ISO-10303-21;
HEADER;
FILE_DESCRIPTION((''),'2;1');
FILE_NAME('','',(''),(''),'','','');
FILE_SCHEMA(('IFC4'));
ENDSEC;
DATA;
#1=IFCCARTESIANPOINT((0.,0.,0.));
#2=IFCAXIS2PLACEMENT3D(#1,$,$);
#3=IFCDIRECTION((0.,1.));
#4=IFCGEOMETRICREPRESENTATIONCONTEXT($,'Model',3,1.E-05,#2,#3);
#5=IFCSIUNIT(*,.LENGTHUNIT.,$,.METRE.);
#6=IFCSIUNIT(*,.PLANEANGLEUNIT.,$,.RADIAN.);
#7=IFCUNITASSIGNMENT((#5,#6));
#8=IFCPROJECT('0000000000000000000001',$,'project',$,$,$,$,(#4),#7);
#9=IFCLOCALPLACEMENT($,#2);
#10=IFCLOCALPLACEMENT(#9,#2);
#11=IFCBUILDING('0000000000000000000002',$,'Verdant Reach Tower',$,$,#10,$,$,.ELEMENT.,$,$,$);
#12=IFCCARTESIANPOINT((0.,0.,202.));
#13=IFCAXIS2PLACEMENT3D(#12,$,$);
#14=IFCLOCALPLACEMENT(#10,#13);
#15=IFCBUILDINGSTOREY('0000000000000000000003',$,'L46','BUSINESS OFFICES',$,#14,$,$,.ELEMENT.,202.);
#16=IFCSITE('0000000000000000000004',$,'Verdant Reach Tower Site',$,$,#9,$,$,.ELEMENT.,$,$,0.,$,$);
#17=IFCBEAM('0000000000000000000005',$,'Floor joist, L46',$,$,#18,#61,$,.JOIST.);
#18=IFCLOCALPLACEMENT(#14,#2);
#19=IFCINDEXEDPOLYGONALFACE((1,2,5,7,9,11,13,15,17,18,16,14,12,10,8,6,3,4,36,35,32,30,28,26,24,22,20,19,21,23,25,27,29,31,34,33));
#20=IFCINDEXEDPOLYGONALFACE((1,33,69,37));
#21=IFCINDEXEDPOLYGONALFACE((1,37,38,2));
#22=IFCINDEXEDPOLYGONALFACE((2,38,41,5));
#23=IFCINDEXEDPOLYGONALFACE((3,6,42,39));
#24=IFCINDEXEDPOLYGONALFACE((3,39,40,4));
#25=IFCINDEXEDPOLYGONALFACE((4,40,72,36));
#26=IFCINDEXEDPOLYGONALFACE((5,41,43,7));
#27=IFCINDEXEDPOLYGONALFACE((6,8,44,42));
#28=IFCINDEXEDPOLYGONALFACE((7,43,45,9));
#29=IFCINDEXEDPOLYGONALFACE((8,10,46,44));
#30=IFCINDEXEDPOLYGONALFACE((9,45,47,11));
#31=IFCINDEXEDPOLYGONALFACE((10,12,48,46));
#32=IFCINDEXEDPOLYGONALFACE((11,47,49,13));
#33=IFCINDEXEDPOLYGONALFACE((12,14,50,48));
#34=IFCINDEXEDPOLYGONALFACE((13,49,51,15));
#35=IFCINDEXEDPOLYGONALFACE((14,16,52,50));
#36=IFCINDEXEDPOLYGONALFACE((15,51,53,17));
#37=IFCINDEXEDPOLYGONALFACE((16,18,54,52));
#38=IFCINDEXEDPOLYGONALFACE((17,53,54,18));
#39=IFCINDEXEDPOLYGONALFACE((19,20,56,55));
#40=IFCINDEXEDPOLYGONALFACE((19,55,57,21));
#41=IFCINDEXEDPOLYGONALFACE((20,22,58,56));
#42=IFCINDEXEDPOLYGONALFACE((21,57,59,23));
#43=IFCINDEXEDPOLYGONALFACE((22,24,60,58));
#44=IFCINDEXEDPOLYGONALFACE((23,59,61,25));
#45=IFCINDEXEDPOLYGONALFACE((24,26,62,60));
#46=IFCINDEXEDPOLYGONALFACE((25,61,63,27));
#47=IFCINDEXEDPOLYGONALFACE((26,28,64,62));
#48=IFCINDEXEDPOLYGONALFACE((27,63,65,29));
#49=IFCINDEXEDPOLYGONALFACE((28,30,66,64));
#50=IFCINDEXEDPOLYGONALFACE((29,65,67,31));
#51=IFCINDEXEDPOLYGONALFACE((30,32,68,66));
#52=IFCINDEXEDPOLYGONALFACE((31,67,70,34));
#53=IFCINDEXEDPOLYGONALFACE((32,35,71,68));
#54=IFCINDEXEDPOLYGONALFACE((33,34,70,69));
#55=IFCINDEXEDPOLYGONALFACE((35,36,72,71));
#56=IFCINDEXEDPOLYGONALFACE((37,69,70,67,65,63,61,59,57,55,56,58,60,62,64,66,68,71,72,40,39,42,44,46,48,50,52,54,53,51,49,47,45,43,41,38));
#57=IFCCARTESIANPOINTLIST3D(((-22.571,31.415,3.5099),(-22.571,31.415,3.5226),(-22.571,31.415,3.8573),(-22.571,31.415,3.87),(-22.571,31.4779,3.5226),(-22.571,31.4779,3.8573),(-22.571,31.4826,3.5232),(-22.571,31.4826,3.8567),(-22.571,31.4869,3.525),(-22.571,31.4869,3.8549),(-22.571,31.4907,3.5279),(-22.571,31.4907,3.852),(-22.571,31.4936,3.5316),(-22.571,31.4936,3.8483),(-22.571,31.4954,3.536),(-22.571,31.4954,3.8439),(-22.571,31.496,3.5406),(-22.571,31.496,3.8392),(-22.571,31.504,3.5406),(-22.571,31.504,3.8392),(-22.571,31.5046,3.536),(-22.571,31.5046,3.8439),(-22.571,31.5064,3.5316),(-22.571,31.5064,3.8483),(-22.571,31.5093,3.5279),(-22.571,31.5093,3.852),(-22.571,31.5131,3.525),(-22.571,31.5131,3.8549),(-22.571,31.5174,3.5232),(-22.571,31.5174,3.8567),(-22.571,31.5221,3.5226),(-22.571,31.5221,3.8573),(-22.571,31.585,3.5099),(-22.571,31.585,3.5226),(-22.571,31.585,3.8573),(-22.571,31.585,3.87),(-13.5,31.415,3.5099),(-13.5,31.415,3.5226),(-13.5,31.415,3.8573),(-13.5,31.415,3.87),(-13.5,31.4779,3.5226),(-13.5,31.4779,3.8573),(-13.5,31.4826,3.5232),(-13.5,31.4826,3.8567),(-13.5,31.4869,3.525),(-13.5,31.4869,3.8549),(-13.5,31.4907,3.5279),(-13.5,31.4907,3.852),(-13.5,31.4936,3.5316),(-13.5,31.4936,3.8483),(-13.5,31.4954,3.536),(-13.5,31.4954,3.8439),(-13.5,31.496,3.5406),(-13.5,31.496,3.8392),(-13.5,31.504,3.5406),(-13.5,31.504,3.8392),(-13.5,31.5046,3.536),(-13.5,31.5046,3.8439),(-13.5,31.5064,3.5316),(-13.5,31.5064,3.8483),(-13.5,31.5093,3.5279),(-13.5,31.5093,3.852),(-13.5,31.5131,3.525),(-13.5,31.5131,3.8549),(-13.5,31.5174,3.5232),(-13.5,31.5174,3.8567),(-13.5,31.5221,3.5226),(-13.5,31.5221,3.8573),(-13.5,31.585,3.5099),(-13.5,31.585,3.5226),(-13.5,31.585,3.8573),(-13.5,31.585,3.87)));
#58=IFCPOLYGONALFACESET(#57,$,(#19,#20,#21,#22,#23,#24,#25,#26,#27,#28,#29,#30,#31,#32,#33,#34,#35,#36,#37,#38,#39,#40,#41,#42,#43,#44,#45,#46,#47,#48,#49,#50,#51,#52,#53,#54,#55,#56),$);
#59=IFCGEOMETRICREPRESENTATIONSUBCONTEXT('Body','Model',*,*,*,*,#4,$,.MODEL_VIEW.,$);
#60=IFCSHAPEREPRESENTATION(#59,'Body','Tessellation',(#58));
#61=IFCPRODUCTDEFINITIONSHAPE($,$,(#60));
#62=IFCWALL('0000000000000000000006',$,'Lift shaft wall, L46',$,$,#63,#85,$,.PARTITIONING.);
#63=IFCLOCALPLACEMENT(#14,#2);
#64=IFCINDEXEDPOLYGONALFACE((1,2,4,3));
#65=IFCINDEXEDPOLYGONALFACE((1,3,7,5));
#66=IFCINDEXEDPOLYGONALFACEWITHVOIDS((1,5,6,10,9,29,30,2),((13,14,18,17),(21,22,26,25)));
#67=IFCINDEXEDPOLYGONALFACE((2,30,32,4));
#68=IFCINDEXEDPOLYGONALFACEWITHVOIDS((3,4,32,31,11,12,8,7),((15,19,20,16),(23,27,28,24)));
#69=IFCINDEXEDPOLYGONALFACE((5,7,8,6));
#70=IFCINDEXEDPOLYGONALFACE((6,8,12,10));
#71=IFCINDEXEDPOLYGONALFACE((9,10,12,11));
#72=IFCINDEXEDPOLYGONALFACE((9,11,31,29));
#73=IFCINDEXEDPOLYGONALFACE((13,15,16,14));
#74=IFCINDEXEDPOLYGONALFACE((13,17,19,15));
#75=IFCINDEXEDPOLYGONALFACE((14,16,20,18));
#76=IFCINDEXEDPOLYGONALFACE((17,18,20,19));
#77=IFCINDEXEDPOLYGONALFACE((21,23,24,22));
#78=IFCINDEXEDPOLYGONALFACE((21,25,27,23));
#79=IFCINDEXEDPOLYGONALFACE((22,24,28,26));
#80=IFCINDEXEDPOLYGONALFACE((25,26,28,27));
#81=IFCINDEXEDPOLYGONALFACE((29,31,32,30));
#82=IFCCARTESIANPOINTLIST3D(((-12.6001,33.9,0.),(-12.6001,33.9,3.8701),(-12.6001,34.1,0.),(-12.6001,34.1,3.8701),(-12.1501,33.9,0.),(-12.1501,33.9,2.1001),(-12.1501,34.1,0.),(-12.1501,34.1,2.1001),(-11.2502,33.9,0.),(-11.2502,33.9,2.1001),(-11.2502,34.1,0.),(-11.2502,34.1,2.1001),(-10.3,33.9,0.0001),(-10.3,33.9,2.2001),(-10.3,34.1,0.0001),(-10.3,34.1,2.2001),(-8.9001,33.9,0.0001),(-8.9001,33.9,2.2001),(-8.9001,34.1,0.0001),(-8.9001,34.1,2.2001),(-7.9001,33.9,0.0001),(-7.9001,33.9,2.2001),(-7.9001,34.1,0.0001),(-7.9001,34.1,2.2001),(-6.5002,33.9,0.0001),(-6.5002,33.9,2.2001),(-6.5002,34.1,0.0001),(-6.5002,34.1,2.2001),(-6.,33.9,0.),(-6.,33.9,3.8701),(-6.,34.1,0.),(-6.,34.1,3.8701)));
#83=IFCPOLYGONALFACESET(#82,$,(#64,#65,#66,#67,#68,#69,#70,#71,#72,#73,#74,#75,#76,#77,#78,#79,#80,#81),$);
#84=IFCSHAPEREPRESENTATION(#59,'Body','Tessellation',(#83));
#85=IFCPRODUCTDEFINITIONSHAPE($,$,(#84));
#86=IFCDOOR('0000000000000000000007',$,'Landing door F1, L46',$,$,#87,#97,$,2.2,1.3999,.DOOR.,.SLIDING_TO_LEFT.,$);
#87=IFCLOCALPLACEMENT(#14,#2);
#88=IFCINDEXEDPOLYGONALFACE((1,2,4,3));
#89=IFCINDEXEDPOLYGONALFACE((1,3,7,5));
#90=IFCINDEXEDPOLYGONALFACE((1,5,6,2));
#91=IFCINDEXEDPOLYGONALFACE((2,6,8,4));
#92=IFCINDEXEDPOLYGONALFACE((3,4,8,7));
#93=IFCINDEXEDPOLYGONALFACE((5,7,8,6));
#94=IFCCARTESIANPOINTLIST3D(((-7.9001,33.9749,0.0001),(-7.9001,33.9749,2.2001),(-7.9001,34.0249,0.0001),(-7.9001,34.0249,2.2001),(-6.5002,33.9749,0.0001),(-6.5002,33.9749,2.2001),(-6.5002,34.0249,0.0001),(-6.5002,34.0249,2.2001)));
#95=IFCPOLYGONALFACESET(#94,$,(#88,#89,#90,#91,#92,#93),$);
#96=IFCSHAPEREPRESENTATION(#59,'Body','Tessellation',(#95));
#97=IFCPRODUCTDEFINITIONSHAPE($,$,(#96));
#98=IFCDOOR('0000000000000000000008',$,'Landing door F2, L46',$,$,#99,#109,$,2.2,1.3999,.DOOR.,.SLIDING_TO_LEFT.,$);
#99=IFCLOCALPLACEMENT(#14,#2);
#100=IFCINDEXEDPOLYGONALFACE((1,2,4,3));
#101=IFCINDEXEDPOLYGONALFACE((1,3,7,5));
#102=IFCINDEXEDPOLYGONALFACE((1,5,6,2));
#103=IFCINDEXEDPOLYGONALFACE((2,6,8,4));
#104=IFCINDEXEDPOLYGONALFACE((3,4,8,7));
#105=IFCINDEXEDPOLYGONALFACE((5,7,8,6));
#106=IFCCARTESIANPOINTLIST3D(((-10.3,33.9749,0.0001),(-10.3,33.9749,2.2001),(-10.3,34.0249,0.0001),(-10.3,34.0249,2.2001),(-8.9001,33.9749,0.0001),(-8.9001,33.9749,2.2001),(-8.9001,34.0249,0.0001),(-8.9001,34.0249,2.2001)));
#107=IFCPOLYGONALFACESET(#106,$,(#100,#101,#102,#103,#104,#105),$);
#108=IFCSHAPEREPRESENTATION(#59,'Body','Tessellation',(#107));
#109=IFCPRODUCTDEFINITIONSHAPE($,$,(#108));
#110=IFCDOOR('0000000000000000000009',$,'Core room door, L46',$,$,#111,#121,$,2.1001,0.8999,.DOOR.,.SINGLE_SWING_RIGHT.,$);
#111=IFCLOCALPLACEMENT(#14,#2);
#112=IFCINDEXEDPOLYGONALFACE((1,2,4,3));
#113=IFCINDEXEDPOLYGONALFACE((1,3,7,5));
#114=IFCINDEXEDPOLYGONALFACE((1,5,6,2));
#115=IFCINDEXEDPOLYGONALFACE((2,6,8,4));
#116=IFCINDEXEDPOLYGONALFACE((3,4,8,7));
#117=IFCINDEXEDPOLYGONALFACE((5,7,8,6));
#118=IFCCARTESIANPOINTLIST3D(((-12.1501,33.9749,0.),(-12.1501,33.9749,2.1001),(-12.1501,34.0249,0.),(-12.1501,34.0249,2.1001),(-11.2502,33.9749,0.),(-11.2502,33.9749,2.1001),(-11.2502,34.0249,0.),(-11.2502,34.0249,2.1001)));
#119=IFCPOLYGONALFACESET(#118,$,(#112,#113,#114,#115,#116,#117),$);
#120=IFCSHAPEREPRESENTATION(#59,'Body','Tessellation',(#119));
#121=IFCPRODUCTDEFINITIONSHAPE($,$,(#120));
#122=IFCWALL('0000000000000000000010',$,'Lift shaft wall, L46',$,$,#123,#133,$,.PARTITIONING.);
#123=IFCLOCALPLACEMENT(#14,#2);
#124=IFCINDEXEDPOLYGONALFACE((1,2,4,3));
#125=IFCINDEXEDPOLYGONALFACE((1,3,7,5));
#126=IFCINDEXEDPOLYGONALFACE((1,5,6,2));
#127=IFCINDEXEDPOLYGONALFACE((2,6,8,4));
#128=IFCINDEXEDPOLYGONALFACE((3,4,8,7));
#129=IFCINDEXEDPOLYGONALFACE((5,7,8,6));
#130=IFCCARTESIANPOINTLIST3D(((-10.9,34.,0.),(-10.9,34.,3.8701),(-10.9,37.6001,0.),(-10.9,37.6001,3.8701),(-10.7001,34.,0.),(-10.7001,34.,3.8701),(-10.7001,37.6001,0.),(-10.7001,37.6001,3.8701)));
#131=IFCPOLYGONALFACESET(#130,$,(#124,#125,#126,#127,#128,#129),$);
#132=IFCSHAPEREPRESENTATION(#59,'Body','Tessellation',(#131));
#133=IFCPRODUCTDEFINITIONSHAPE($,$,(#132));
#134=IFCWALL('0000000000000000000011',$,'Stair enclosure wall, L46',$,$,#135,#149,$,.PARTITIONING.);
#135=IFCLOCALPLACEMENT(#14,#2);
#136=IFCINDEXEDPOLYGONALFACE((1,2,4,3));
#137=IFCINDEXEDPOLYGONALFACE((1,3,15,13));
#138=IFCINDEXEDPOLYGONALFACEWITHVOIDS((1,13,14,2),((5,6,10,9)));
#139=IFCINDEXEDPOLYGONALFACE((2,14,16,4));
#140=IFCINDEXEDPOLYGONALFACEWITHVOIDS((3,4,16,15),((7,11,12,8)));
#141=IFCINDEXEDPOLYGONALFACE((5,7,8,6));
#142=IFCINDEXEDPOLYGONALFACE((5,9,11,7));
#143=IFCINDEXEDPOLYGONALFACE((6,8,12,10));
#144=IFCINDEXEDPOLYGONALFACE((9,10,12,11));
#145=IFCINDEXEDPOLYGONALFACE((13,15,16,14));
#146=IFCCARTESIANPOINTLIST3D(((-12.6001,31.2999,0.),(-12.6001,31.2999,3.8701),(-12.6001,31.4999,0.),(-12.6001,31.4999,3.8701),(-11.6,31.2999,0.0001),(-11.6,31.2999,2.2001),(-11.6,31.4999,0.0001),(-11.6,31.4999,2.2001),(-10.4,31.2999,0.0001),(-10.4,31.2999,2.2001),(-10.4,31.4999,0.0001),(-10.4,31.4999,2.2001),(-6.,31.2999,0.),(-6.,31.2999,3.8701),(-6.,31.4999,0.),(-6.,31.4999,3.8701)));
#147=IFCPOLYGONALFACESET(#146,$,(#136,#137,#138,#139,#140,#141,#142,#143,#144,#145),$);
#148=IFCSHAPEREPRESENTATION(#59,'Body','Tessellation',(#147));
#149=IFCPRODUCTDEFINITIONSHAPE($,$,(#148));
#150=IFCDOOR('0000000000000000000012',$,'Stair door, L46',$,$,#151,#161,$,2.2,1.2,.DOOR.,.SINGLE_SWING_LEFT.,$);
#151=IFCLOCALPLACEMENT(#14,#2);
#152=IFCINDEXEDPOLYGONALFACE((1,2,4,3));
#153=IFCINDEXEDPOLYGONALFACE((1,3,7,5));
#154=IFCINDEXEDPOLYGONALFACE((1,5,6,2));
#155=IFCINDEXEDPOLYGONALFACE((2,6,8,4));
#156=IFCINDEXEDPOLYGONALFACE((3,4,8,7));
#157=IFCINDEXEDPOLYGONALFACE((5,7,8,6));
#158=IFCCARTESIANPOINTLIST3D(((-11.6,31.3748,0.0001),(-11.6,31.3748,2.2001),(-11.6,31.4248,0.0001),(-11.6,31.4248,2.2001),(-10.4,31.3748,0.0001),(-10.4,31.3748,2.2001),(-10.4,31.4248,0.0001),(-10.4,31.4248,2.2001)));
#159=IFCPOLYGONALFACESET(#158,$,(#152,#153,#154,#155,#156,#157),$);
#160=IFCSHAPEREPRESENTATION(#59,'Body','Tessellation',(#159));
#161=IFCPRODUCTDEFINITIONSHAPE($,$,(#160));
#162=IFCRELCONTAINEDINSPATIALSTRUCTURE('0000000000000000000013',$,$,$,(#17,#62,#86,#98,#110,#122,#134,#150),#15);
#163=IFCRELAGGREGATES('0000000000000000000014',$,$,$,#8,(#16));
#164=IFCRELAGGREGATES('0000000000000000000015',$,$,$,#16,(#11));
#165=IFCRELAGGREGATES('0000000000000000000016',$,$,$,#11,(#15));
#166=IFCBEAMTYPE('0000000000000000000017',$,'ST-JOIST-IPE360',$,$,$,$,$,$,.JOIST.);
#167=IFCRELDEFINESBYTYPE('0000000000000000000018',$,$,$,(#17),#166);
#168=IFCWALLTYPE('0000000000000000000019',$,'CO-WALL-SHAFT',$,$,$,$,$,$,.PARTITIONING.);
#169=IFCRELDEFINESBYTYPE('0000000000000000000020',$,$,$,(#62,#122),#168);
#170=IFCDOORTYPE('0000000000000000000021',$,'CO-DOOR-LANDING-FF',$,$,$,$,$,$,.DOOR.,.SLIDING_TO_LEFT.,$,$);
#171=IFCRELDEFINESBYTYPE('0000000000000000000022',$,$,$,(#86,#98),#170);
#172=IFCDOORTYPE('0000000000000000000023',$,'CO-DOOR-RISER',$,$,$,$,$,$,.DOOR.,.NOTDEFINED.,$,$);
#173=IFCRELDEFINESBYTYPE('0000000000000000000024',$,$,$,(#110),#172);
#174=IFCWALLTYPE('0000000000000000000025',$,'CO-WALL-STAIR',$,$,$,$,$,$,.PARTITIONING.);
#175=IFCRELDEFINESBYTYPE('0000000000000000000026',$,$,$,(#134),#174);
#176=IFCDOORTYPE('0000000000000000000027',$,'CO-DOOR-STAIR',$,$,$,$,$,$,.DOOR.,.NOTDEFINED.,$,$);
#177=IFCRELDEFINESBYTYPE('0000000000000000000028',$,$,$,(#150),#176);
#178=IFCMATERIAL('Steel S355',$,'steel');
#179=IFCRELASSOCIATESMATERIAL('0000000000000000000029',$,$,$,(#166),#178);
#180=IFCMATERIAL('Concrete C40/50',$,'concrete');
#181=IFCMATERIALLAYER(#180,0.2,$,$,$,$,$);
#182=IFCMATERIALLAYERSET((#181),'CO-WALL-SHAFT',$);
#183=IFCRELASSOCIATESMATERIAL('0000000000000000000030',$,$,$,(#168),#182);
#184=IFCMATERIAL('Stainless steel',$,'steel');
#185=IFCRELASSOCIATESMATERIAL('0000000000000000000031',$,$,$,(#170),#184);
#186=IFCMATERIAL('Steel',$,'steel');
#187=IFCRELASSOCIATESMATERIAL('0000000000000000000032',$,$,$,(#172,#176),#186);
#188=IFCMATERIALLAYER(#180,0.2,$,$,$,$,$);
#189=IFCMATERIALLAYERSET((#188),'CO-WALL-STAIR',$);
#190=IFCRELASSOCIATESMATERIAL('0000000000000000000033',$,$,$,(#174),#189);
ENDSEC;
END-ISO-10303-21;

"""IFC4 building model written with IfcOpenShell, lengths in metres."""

from ifc_helpers import new_model, si_unit, direction, frame, frame_2d, origin, origin_2d, place, context, subcontext, project, spatial, rectangle, i_section, extrude, material, layer, layer_set, material_profile, profile_set, type_object, element, fill, save


model = new_model("IFC4")

# Units and contexts
model_context = context("Model", 3, precision=1e-05, world=origin(), true_north=direction((0.0, 1.0)))
body_context = subcontext(model_context, "Body", "Model", "MODEL_VIEW")
ifc_project = project(units=[si_unit("LENGTHUNIT", "METRE"), si_unit("PLANEANGLEUNIT", "RADIAN")], contexts=[model_context])

# Site, building, storey
site_placement = place(None, origin())
site = spatial("IfcSite", under=ifc_project, at=site_placement, Name="Verdant Reach Tower Site", CompositionType="ELEMENT", RefElevation=0.0)
building_placement = place(site_placement, origin())
building = spatial("IfcBuilding", under=site, at=building_placement, Name="Verdant Reach Tower", CompositionType="ELEMENT")
storey_placement = place(building_placement, frame((0.0, 0.0, 202.0)))
storey = spatial("IfcBuildingStorey", under=building, at=storey_placement, Name="L46", Description="BUSINESS OFFICES", CompositionType="ELEMENT", Elevation=202.0)

# Beam
ifc_material_1 = material(Name="Steel S355", Category="steel")
ifc_material_profile = material_profile(ifc_material_1, i_section(OverallWidth=0.1699, OverallDepth=0.3601, WebThickness=0.0081, FlangeThickness=0.0127, FilletRadius=0.0181, at=origin_2d()), Name="IPE 360")
ifc_profile_set = profile_set([ifc_material_profile], Name="Steel S355")
beam_type = type_object("IfcBeamType", Name="ST-JOIST-IPE360", PredefinedType="JOIST", material=ifc_profile_set)
beam_placement = place(storey_placement, frame((-13.5, 31.5, 3.6899), z_axis=(-1.0, 0.0, 0.0), x_axis=(0.0, -1.0, 0.0)))
element("IfcBeam", 1, at=beam_placement, inside=storey, type_object=beam_type, Name="Floor joist, L46", PredefinedType="JOIST", context=body_context, shape_type="SweptSolid", body=[
    extrude(i_section(OverallWidth=0.1699, OverallDepth=0.3601, WebThickness=0.0081, FlangeThickness=0.0127, FilletRadius=0.0181, at=origin_2d()), origin(), (0.0, 0.0, 1.0), 9.071),
])

# Wall, openings, doors
ifc_material_2 = material(Name="Concrete C40/50", Category="concrete")
ifc_layer_1 = layer(ifc_material_2, 0.2)
ifc_layer_set_1 = layer_set([ifc_layer_1], Name="CO-WALL-SHAFT")
wall_type_1 = type_object("IfcWallType", Name="CO-WALL-SHAFT", PredefinedType="PARTITIONING", material=ifc_layer_set_1)
wall_1_placement = place(storey_placement, frame((-12.6001, 34.0, 0.0), z_axis=(0.0, 0.0, 1.0), x_axis=(1.0, 0.0, 0.0)))
wall_1 = element("IfcWall", 2, at=wall_1_placement, inside=storey, type_object=wall_type_1, Name="Lift shaft wall, L46", PredefinedType="PARTITIONING", context=body_context, shape_type="SweptSolid", body=[
    extrude(rectangle(XDim=6.6001, YDim=0.2, at=frame_2d((3.3, 0.0))), origin(), (0.0, 0.0, 1.0), 3.8701),
])
opening_1_placement = place(wall_1_placement, frame((4.7, 0.0, 0.0)))
opening_1 = element("IfcOpeningElement", 3, at=opening_1_placement, cuts=wall_1, PredefinedType="OPENING", context=body_context, shape_type="SweptSolid", body=[
    extrude(rectangle(XDim=1.3999, YDim=2.2, at=frame_2d((0.7, 1.1001))), frame((0.0, 0.1099, 0.0), z_axis=(0.0, -1.0, 0.0), x_axis=(1.0, 0.0, 0.0)), (0.0, 0.0, 1.0), 0.22),
])
opening_2_placement = place(wall_1_placement, frame((2.3, 0.0, 0.0)))
opening_2 = element("IfcOpeningElement", 4, at=opening_2_placement, cuts=wall_1, PredefinedType="OPENING", context=body_context, shape_type="SweptSolid", body=[
    extrude(rectangle(XDim=1.3999, YDim=2.2, at=frame_2d((0.7, 1.1001))), frame((0.0, 0.1099, 0.0), z_axis=(0.0, -1.0, 0.0), x_axis=(1.0, 0.0, 0.0)), (0.0, 0.0, 1.0), 0.22),
])
opening_3_placement = place(wall_1_placement, frame((0.45, 0.0, 0.0)))
opening_3 = element("IfcOpeningElement", 5, at=opening_3_placement, cuts=wall_1, PredefinedType="OPENING", context=body_context, shape_type="SweptSolid", body=[
    extrude(rectangle(XDim=0.8999, YDim=2.1001, at=frame_2d((0.45, 1.05))), frame((0.0, 0.1099, 0.0), z_axis=(0.0, -1.0, 0.0), x_axis=(1.0, 0.0, 0.0)), (0.0, 0.0, 1.0), 0.22),
])
ifc_material_3 = material(Name="Stainless steel", Category="steel")
door_type_1 = type_object("IfcDoorType", Name="CO-DOOR-LANDING-FF", OperationType="SLIDING_TO_LEFT", PredefinedType="DOOR", material=ifc_material_3)
door_1_placement = place(opening_1_placement, origin())
door_1 = element("IfcDoor", 6, at=door_1_placement, inside=storey, type_object=door_type_1, Name="Landing door F1, L46", OperationType="SLIDING_TO_LEFT", OverallHeight=2.2, OverallWidth=1.3999, PredefinedType="DOOR", context=body_context, shape_type="SweptSolid", body=[
    extrude(rectangle(XDim=1.3999, YDim=2.2, at=frame_2d((0.7, 1.1001))), frame((0.0, 0.0249, 0.0), z_axis=(0.0, -1.0, 0.0), x_axis=(1.0, 0.0, 0.0)), (0.0, 0.0, 1.0), 0.05),
])
fill(opening_1, door_1)
door_2_placement = place(opening_2_placement, origin())
door_2 = element("IfcDoor", 7, at=door_2_placement, inside=storey, type_object=door_type_1, Name="Landing door F2, L46", OperationType="SLIDING_TO_LEFT", OverallHeight=2.2, OverallWidth=1.3999, PredefinedType="DOOR", context=body_context, shape_type="SweptSolid", body=[
    extrude(rectangle(XDim=1.3999, YDim=2.2, at=frame_2d((0.7, 1.1001))), frame((0.0, 0.0249, 0.0), z_axis=(0.0, -1.0, 0.0), x_axis=(1.0, 0.0, 0.0)), (0.0, 0.0, 1.0), 0.05),
])
fill(opening_2, door_2)
ifc_material_4 = material(Name="Steel", Category="steel")
door_type_2 = type_object("IfcDoorType", Name="CO-DOOR-RISER", OperationType="NOTDEFINED", PredefinedType="DOOR", material=ifc_material_4)
door_3_placement = place(opening_3_placement, origin())
door_3 = element("IfcDoor", 8, at=door_3_placement, inside=storey, type_object=door_type_2, Name="Core room door, L46", OperationType="SINGLE_SWING_RIGHT", OverallHeight=2.1001, OverallWidth=0.8999, PredefinedType="DOOR", context=body_context, shape_type="SweptSolid", body=[
    extrude(rectangle(XDim=0.8999, YDim=2.1001, at=frame_2d((0.45, 1.05))), frame((0.0, 0.0249, 0.0), z_axis=(0.0, -1.0, 0.0), x_axis=(1.0, 0.0, 0.0)), (0.0, 0.0, 1.0), 0.05),
])
fill(opening_3, door_3)

# Wall
wall_2_placement = place(storey_placement, frame((-10.8, 34.0, 0.0), z_axis=(0.0, 0.0, 1.0), x_axis=(0.0, 1.0, 0.0)))
element("IfcWall", 9, at=wall_2_placement, inside=storey, type_object=wall_type_1, Name="Lift shaft wall, L46", PredefinedType="PARTITIONING", context=body_context, shape_type="SweptSolid", body=[
    extrude(rectangle(XDim=3.6001, YDim=0.2, at=frame_2d((1.8, 0.0))), origin(), (0.0, 0.0, 1.0), 3.8701),
])

# Wall, opening, door
ifc_layer_2 = layer(ifc_material_2, 0.2)
ifc_layer_set_2 = layer_set([ifc_layer_2], Name="CO-WALL-STAIR")
wall_type_2 = type_object("IfcWallType", Name="CO-WALL-STAIR", PredefinedType="PARTITIONING", material=ifc_layer_set_2)
wall_3_placement = place(storey_placement, frame((-12.6001, 31.3999, 0.0), z_axis=(0.0, 0.0, 1.0), x_axis=(1.0, 0.0, 0.0)))
wall_3 = element("IfcWall", 10, at=wall_3_placement, inside=storey, type_object=wall_type_2, Name="Stair enclosure wall, L46", PredefinedType="PARTITIONING", context=body_context, shape_type="SweptSolid", body=[
    extrude(rectangle(XDim=6.6001, YDim=0.2, at=frame_2d((3.3, 0.0))), origin(), (0.0, 0.0, 1.0), 3.8701),
])
opening_4_placement = place(wall_3_placement, frame((1.0, 0.0, 0.0)))
opening_4 = element("IfcOpeningElement", 11, at=opening_4_placement, cuts=wall_3, PredefinedType="OPENING", context=body_context, shape_type="SweptSolid", body=[
    extrude(rectangle(XDim=1.2, YDim=2.2, at=frame_2d((0.6001, 1.1001))), frame((0.0, 0.1099, 0.0), z_axis=(0.0, -1.0, 0.0), x_axis=(1.0, 0.0, 0.0)), (0.0, 0.0, 1.0), 0.22),
])
door_type_3 = type_object("IfcDoorType", Name="CO-DOOR-STAIR", OperationType="NOTDEFINED", PredefinedType="DOOR", material=ifc_material_4)
door_4_placement = place(opening_4_placement, origin())
door_4 = element("IfcDoor", 12, at=door_4_placement, inside=storey, type_object=door_type_3, Name="Stair door, L46", OperationType="SINGLE_SWING_LEFT", OverallHeight=2.2, OverallWidth=1.2, PredefinedType="DOOR", context=body_context, shape_type="SweptSolid", body=[
    extrude(rectangle(XDim=1.2, YDim=2.2, at=frame_2d((0.6001, 1.1001))), frame((0.0, 0.0249, 0.0), z_axis=(0.0, -1.0, 0.0), x_axis=(1.0, 0.0, 0.0)), (0.0, 0.0, 1.0), 0.05),
])
fill(opening_4, door_4)

save(model, "model.ifc")
